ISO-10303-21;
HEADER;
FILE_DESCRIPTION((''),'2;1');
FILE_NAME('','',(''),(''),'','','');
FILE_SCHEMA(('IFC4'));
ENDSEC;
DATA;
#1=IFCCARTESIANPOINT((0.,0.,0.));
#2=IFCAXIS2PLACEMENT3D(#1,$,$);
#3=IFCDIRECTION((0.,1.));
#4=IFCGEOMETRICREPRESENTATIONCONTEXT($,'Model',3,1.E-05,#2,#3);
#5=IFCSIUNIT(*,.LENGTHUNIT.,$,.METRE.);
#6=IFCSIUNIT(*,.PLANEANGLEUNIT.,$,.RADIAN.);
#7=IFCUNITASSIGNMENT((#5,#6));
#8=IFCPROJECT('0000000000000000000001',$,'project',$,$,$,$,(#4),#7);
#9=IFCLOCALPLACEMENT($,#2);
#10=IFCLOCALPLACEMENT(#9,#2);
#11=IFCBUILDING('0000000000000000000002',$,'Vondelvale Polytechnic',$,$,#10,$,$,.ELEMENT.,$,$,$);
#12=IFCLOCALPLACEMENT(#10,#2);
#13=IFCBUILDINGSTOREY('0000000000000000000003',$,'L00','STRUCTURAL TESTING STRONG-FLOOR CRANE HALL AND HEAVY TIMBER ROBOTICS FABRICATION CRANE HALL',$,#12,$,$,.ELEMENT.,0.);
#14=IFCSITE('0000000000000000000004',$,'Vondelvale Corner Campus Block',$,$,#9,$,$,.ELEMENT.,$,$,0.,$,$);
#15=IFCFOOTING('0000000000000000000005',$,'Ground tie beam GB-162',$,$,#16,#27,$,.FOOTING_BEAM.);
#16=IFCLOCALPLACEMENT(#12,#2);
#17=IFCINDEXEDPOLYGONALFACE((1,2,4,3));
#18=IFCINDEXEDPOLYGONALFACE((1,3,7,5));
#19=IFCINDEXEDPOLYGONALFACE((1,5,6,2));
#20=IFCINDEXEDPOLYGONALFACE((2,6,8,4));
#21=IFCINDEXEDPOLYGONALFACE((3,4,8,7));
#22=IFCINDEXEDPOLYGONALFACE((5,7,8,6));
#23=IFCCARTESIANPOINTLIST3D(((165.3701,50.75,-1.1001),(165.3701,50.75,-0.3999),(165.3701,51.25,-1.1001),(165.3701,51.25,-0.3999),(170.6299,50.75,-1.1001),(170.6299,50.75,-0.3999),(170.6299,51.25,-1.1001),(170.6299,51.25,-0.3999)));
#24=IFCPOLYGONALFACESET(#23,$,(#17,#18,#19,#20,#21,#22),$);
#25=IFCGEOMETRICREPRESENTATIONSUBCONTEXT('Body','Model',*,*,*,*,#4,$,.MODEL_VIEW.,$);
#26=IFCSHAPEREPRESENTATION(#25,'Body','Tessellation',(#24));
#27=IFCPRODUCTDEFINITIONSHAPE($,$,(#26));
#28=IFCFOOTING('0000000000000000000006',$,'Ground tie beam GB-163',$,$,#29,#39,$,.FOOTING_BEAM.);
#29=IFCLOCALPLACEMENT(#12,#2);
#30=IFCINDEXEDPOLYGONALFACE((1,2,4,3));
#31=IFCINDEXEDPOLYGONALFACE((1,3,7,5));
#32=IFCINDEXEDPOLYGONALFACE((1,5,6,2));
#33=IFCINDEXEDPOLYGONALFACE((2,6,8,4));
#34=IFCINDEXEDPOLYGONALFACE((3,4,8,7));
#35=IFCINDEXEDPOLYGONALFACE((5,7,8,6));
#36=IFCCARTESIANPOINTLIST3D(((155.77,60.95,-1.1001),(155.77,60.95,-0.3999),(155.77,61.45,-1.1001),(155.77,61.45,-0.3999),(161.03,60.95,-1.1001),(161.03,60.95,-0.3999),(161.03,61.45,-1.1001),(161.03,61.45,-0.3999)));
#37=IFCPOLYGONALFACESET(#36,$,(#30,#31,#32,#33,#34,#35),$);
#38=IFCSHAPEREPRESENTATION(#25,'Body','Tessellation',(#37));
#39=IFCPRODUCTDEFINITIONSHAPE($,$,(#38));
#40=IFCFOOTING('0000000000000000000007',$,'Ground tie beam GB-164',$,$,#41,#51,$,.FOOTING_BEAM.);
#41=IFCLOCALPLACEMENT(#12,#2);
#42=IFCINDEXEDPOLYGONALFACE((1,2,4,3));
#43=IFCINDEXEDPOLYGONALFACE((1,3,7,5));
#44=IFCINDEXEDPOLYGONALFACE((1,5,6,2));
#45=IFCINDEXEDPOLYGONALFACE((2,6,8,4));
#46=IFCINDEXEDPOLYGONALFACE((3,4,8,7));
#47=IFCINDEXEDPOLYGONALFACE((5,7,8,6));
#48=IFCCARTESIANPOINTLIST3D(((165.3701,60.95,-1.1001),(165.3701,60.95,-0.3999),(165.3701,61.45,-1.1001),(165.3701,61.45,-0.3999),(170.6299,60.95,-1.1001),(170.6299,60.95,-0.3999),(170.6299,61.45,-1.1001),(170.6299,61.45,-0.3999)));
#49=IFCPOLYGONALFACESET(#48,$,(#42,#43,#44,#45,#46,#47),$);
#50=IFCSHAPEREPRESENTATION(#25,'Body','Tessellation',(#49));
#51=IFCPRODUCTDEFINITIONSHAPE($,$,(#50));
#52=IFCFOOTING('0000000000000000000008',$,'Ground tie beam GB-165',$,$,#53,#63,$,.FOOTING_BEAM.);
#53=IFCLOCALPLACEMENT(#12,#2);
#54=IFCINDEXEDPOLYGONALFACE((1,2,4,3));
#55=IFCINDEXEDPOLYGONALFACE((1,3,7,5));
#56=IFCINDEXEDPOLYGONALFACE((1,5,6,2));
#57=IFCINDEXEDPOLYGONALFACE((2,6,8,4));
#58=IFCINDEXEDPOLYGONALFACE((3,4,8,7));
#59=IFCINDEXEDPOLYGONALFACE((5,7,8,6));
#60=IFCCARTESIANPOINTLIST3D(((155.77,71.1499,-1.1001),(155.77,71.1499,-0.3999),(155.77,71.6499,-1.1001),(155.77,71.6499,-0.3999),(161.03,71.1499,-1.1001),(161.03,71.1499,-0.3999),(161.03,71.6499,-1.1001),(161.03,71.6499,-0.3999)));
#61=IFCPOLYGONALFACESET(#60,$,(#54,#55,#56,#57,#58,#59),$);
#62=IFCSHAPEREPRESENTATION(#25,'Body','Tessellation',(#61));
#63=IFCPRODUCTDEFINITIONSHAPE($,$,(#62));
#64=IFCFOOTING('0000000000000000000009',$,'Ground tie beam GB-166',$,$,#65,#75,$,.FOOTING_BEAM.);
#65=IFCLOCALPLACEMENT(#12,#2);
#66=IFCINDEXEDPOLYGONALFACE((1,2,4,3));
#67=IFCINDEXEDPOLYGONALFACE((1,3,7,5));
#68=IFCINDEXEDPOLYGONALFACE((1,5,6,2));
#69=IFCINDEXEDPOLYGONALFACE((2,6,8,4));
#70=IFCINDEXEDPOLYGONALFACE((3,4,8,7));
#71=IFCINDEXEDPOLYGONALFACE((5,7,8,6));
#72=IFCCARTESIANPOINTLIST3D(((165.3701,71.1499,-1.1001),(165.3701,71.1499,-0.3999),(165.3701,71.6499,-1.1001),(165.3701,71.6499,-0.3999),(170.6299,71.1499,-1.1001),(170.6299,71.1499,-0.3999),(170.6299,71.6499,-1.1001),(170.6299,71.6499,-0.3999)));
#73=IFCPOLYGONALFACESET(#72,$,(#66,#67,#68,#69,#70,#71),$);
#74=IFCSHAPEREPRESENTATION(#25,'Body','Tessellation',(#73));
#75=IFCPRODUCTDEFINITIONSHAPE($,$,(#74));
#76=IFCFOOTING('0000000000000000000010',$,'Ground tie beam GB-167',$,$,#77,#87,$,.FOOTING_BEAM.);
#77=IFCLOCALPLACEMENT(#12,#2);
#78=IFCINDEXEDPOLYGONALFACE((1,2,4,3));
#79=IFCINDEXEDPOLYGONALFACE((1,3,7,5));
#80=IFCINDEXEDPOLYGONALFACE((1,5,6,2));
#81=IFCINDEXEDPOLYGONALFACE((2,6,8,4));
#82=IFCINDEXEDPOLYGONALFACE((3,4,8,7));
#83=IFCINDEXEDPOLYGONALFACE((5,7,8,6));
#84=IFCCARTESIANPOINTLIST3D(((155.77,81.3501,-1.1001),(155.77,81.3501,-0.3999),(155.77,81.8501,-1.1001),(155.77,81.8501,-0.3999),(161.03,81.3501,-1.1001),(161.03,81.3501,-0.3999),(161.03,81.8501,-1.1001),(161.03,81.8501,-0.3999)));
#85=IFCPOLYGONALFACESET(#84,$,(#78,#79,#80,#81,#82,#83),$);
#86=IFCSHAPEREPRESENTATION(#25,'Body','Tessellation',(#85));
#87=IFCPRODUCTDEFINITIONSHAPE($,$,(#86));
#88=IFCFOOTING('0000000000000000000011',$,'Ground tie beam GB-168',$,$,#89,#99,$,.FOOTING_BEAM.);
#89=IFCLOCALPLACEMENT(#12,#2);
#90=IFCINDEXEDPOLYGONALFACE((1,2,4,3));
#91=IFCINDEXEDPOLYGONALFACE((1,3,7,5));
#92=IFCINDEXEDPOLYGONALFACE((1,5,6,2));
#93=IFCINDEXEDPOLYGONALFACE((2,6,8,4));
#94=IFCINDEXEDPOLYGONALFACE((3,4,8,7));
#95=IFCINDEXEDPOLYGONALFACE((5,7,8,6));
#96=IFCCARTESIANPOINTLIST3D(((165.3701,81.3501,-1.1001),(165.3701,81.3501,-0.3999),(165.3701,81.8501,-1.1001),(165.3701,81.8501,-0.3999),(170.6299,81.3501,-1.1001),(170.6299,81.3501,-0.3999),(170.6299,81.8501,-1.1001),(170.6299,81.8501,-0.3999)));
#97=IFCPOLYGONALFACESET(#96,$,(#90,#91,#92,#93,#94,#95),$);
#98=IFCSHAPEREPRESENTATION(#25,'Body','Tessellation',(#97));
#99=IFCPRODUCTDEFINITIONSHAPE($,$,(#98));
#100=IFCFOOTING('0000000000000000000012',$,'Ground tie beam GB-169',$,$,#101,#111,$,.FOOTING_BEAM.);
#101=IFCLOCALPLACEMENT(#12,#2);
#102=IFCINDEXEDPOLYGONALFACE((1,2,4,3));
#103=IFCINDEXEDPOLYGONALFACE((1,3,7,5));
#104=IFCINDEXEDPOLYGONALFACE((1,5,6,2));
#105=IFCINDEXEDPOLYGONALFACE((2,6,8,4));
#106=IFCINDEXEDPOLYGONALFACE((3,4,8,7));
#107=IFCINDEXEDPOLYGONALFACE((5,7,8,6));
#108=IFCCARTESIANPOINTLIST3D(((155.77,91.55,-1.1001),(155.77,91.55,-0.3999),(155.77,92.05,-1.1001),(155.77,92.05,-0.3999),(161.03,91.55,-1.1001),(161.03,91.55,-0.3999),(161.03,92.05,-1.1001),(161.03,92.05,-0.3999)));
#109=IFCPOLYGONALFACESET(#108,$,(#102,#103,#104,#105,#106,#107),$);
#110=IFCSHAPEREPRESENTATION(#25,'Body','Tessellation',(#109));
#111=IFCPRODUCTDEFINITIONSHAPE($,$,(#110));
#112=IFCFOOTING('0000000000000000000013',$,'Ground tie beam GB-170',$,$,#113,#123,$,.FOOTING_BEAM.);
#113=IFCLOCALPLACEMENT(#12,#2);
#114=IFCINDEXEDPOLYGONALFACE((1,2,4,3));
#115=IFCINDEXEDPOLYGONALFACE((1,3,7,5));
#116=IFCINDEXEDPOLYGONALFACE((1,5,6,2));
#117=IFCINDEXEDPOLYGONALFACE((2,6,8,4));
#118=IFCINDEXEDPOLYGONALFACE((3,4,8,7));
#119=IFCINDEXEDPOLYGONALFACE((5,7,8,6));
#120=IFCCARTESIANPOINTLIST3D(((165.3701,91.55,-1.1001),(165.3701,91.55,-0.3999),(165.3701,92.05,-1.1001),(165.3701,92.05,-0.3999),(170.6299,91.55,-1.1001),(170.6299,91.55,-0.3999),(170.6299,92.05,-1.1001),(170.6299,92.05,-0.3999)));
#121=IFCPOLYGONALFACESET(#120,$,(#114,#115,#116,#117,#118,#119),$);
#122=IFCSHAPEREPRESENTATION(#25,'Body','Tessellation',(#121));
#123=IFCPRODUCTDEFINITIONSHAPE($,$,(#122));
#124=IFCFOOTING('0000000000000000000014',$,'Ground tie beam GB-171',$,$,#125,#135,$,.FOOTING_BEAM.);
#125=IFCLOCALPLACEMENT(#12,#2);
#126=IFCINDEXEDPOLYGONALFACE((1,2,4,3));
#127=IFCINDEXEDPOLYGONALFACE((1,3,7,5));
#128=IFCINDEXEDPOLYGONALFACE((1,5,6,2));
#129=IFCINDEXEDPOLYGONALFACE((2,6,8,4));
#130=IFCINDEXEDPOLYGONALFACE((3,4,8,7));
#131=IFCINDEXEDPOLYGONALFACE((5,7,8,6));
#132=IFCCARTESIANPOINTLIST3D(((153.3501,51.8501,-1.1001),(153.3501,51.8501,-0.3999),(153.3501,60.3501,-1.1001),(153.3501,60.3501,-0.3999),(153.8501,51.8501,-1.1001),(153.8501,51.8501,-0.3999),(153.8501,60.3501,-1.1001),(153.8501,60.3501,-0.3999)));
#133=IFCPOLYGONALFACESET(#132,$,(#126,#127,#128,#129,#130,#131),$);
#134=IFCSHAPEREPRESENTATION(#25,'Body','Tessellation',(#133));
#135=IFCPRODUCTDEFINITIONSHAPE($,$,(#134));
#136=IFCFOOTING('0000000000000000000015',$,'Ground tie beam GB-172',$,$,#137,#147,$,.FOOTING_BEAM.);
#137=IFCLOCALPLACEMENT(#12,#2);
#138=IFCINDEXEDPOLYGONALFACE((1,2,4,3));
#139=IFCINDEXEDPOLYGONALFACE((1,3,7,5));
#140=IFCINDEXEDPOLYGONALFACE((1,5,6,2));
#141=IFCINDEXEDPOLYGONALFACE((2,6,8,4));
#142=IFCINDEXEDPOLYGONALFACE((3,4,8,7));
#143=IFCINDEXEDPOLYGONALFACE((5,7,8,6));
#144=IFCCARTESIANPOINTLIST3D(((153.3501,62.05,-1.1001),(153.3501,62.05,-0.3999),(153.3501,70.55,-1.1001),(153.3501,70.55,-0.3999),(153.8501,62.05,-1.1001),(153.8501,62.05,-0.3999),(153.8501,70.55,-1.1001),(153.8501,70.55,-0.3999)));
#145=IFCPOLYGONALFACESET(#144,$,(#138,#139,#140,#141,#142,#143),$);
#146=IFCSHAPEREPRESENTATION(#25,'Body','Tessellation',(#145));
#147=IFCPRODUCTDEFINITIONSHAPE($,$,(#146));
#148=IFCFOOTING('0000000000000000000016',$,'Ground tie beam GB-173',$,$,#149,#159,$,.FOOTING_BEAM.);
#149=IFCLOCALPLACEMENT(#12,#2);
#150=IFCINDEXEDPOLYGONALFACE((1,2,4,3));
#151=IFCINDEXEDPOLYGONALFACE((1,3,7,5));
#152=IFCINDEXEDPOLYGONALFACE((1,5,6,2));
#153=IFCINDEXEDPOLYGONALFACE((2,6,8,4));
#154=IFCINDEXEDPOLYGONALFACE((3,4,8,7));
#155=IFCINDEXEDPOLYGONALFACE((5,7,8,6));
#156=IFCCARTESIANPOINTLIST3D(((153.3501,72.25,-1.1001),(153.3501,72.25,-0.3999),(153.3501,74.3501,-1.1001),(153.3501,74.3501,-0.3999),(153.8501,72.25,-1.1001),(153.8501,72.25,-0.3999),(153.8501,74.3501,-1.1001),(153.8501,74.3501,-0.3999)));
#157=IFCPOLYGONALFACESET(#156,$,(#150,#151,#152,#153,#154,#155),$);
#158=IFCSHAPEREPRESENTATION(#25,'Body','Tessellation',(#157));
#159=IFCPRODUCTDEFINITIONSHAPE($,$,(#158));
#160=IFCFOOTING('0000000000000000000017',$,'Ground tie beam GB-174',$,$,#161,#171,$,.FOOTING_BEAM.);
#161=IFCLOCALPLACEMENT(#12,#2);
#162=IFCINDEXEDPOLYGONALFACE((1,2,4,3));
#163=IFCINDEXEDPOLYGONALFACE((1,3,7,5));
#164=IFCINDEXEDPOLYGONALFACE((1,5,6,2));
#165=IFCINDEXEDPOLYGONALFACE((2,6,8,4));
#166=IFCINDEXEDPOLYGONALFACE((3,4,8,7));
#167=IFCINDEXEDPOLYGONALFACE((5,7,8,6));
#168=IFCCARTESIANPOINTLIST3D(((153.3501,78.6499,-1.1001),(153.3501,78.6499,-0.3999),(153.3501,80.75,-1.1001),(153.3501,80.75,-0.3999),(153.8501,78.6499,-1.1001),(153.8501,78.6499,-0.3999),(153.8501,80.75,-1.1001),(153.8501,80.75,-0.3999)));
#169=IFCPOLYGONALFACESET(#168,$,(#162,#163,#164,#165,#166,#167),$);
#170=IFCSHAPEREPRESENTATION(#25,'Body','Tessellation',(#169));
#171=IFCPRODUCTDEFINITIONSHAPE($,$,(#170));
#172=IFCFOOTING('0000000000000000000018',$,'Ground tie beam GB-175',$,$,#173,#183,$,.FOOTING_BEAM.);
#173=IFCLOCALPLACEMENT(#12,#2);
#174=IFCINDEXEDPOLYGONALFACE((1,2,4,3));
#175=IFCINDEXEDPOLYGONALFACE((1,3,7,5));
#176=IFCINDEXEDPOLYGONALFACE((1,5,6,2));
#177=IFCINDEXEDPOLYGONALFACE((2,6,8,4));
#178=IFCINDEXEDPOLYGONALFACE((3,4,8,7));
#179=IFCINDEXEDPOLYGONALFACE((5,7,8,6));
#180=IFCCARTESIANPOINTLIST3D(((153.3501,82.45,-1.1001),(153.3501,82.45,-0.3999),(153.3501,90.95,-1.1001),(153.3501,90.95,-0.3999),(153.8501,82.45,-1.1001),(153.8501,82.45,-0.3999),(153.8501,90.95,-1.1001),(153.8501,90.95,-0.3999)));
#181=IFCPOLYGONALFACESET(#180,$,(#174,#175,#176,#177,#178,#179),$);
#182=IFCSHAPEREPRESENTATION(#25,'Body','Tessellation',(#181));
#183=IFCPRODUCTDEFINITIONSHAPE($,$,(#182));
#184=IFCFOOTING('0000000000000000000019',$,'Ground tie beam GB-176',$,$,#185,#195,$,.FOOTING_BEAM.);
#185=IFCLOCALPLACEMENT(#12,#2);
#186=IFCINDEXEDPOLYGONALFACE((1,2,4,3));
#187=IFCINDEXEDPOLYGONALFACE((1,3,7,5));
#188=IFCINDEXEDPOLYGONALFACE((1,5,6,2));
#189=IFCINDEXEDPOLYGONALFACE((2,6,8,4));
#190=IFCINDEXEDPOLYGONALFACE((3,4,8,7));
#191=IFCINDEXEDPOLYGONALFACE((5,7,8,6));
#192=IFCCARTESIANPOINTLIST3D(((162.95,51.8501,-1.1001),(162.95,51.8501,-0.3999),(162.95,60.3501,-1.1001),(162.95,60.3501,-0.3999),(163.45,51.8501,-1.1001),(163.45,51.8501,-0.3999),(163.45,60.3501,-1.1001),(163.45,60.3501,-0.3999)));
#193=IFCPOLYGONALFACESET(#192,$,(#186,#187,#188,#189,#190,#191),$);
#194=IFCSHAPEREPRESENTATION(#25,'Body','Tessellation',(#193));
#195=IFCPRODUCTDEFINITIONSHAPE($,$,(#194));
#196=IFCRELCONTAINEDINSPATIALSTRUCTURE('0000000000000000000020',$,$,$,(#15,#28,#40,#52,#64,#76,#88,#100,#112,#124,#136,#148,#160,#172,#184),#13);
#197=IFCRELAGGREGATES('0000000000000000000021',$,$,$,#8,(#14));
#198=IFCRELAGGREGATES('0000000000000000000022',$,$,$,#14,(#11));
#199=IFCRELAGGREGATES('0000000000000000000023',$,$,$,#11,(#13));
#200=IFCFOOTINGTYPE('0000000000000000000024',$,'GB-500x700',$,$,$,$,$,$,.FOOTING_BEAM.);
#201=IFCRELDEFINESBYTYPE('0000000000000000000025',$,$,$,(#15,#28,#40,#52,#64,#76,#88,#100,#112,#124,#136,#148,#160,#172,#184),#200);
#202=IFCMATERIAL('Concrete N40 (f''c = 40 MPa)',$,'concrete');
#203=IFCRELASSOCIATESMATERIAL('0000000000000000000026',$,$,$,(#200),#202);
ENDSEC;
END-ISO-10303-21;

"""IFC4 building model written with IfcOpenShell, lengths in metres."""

from ifc_helpers import new_model, si_unit, direction, frame, origin, place, context, subcontext, project, spatial, polyline, outline, extrude, material, type_object, element, save


model = new_model("IFC4")

# Units and contexts
model_context = context("Model", 3, precision=1e-05, world=origin(), true_north=direction((0.0, 1.0)))
body_context = subcontext(model_context, "Body", "Model", "MODEL_VIEW")
ifc_project = project(units=[si_unit("LENGTHUNIT", "METRE"), si_unit("PLANEANGLEUNIT", "RADIAN")], contexts=[model_context])

# Site, building, storey
site_placement = place(None, origin())
site = spatial("IfcSite", under=ifc_project, at=site_placement, Name="Vondelvale Corner Campus Block", CompositionType="ELEMENT", RefElevation=0.0)
building_placement = place(site_placement, origin())
building = spatial("IfcBuilding", under=site, at=building_placement, Name="Vondelvale Polytechnic", CompositionType="ELEMENT")
storey_placement = place(building_placement, origin())
storey = spatial("IfcBuildingStorey", under=building, at=storey_placement, Name="L00", Description="STRUCTURAL TESTING STRONG-FLOOR CRANE HALL AND HEAVY TIMBER ROBOTICS FABRICATION CRANE HALL", CompositionType="ELEMENT", Elevation=0.0)

# Footings
ifc_material = material(Name="Concrete N40 (f'c = 40 MPa)", Category="concrete")
footing_type = type_object("IfcFootingType", Name="GB-500x700", PredefinedType="FOOTING_BEAM", material=ifc_material)
footing_1_placement = place(storey_placement, frame((0.0, 0.0, -1.1001)))
element("IfcFooting", 1, at=footing_1_placement, inside=storey, type_object=footing_type, Name="Ground tie beam GB-162", PredefinedType="FOOTING_BEAM", context=body_context, shape_type="SweptSolid", body=[
    extrude(outline(polyline([(165.3701, 50.75), (165.3701, 51.25), (170.6299, 51.25), (170.6299, 50.75), (165.3701, 50.75)])), origin(), (0.0, 0.0, 1.0), 0.7002),
])
footing_2_placement = place(storey_placement, frame((0.0, 0.0, -1.1001)))
element("IfcFooting", 2, at=footing_2_placement, inside=storey, type_object=footing_type, Name="Ground tie beam GB-163", PredefinedType="FOOTING_BEAM", context=body_context, shape_type="SweptSolid", body=[
    extrude(outline(polyline([(155.77, 60.95), (155.77, 61.45), (161.03, 61.45), (161.03, 60.95), (155.77, 60.95)])), origin(), (0.0, 0.0, 1.0), 0.7002),
])
footing_3_placement = place(storey_placement, frame((0.0, 0.0, -1.1001)))
element("IfcFooting", 3, at=footing_3_placement, inside=storey, type_object=footing_type, Name="Ground tie beam GB-164", PredefinedType="FOOTING_BEAM", context=body_context, shape_type="SweptSolid", body=[
    extrude(outline(polyline([(165.3701, 60.95), (165.3701, 61.45), (170.6299, 61.45), (170.6299, 60.95), (165.3701, 60.95)])), origin(), (0.0, 0.0, 1.0), 0.7002),
])
footing_4_placement = place(storey_placement, frame((0.0, 0.0, -1.1001)))
element("IfcFooting", 4, at=footing_4_placement, inside=storey, type_object=footing_type, Name="Ground tie beam GB-165", PredefinedType="FOOTING_BEAM", context=body_context, shape_type="SweptSolid", body=[
    extrude(outline(polyline([(155.77, 71.1499), (155.77, 71.6499), (161.03, 71.6499), (161.03, 71.1499), (155.77, 71.1499)])), origin(), (0.0, 0.0, 1.0), 0.7002),
])
footing_5_placement = place(storey_placement, frame((0.0, 0.0, -1.1001)))
element("IfcFooting", 5, at=footing_5_placement, inside=storey, type_object=footing_type, Name="Ground tie beam GB-166", PredefinedType="FOOTING_BEAM", context=body_context, shape_type="SweptSolid", body=[
    extrude(outline(polyline([(165.3701, 71.1499), (165.3701, 71.6499), (170.6299, 71.6499), (170.6299, 71.1499), (165.3701, 71.1499)])), origin(), (0.0, 0.0, 1.0), 0.7002),
])
footing_6_placement = place(storey_placement, frame((0.0, 0.0, -1.1001)))
element("IfcFooting", 6, at=footing_6_placement, inside=storey, type_object=footing_type, Name="Ground tie beam GB-167", PredefinedType="FOOTING_BEAM", context=body_context, shape_type="SweptSolid", body=[
    extrude(outline(polyline([(155.77, 81.3501), (155.77, 81.8501), (161.03, 81.8501), (161.03, 81.3501), (155.77, 81.3501)])), origin(), (0.0, 0.0, 1.0), 0.7002),
])
footing_7_placement = place(storey_placement, frame((0.0, 0.0, -1.1001)))
element("IfcFooting", 7, at=footing_7_placement, inside=storey, type_object=footing_type, Name="Ground tie beam GB-168", PredefinedType="FOOTING_BEAM", context=body_context, shape_type="SweptSolid", body=[
    extrude(outline(polyline([(165.3701, 81.3501), (165.3701, 81.8501), (170.6299, 81.8501), (170.6299, 81.3501), (165.3701, 81.3501)])), origin(), (0.0, 0.0, 1.0), 0.7002),
])
footing_8_placement = place(storey_placement, frame((0.0, 0.0, -1.1001)))
element("IfcFooting", 8, at=footing_8_placement, inside=storey, type_object=footing_type, Name="Ground tie beam GB-169", PredefinedType="FOOTING_BEAM", context=body_context, shape_type="SweptSolid", body=[
    extrude(outline(polyline([(155.77, 91.55), (155.77, 92.05), (161.03, 92.05), (161.03, 91.55), (155.77, 91.55)])), origin(), (0.0, 0.0, 1.0), 0.7002),
])
footing_9_placement = place(storey_placement, frame((0.0, 0.0, -1.1001)))
element("IfcFooting", 9, at=footing_9_placement, inside=storey, type_object=footing_type, Name="Ground tie beam GB-170", PredefinedType="FOOTING_BEAM", context=body_context, shape_type="SweptSolid", body=[
    extrude(outline(polyline([(165.3701, 91.55), (165.3701, 92.05), (170.6299, 92.05), (170.6299, 91.55), (165.3701, 91.55)])), origin(), (0.0, 0.0, 1.0), 0.7002),
])
footing_10_placement = place(storey_placement, frame((0.0, 0.0, -1.1001)))
element("IfcFooting", 10, at=footing_10_placement, inside=storey, type_object=footing_type, Name="Ground tie beam GB-171", PredefinedType="FOOTING_BEAM", context=body_context, shape_type="SweptSolid", body=[
    extrude(outline(polyline([(153.8501, 51.8501), (153.3501, 51.8501), (153.3501, 60.3501), (153.8501, 60.3501), (153.8501, 51.8501)])), origin(), (0.0, 0.0, 1.0), 0.7002),
])
footing_11_placement = place(storey_placement, frame((0.0, 0.0, -1.1001)))
element("IfcFooting", 11, at=footing_11_placement, inside=storey, type_object=footing_type, Name="Ground tie beam GB-172", PredefinedType="FOOTING_BEAM", context=body_context, shape_type="SweptSolid", body=[
    extrude(outline(polyline([(153.8501, 62.05), (153.3501, 62.05), (153.3501, 70.55), (153.8501, 70.55), (153.8501, 62.05)])), origin(), (0.0, 0.0, 1.0), 0.7002),
])
footing_12_placement = place(storey_placement, frame((0.0, 0.0, -1.1001)))
element("IfcFooting", 12, at=footing_12_placement, inside=storey, type_object=footing_type, Name="Ground tie beam GB-173", PredefinedType="FOOTING_BEAM", context=body_context, shape_type="SweptSolid", body=[
    extrude(outline(polyline([(153.8501, 72.25), (153.3501, 72.25), (153.3501, 74.3501), (153.8501, 74.3501), (153.8501, 72.25)])), origin(), (0.0, 0.0, 1.0), 0.7002),
])
footing_13_placement = place(storey_placement, frame((0.0, 0.0, -1.1001)))
element("IfcFooting", 13, at=footing_13_placement, inside=storey, type_object=footing_type, Name="Ground tie beam GB-174", PredefinedType="FOOTING_BEAM", context=body_context, shape_type="SweptSolid", body=[
    extrude(outline(polyline([(153.8501, 78.6499), (153.3501, 78.6499), (153.3501, 80.75), (153.8501, 80.75), (153.8501, 78.6499)])), origin(), (0.0, 0.0, 1.0), 0.7002),
])
footing_14_placement = place(storey_placement, frame((0.0, 0.0, -1.1001)))
element("IfcFooting", 14, at=footing_14_placement, inside=storey, type_object=footing_type, Name="Ground tie beam GB-175", PredefinedType="FOOTING_BEAM", context=body_context, shape_type="SweptSolid", body=[
    extrude(outline(polyline([(153.8501, 82.45), (153.3501, 82.45), (153.3501, 90.95), (153.8501, 90.95), (153.8501, 82.45)])), origin(), (0.0, 0.0, 1.0), 0.7002),
])
footing_15_placement = place(storey_placement, frame((0.0, 0.0, -1.1001)))
element("IfcFooting", 15, at=footing_15_placement, inside=storey, type_object=footing_type, Name="Ground tie beam GB-176", PredefinedType="FOOTING_BEAM", context=body_context, shape_type="SweptSolid", body=[
    extrude(outline(polyline([(163.45, 51.8501), (162.95, 51.8501), (162.95, 60.3501), (163.45, 60.3501), (163.45, 51.8501)])), origin(), (0.0, 0.0, 1.0), 0.7002),
])

save(model, "model.ifc")
